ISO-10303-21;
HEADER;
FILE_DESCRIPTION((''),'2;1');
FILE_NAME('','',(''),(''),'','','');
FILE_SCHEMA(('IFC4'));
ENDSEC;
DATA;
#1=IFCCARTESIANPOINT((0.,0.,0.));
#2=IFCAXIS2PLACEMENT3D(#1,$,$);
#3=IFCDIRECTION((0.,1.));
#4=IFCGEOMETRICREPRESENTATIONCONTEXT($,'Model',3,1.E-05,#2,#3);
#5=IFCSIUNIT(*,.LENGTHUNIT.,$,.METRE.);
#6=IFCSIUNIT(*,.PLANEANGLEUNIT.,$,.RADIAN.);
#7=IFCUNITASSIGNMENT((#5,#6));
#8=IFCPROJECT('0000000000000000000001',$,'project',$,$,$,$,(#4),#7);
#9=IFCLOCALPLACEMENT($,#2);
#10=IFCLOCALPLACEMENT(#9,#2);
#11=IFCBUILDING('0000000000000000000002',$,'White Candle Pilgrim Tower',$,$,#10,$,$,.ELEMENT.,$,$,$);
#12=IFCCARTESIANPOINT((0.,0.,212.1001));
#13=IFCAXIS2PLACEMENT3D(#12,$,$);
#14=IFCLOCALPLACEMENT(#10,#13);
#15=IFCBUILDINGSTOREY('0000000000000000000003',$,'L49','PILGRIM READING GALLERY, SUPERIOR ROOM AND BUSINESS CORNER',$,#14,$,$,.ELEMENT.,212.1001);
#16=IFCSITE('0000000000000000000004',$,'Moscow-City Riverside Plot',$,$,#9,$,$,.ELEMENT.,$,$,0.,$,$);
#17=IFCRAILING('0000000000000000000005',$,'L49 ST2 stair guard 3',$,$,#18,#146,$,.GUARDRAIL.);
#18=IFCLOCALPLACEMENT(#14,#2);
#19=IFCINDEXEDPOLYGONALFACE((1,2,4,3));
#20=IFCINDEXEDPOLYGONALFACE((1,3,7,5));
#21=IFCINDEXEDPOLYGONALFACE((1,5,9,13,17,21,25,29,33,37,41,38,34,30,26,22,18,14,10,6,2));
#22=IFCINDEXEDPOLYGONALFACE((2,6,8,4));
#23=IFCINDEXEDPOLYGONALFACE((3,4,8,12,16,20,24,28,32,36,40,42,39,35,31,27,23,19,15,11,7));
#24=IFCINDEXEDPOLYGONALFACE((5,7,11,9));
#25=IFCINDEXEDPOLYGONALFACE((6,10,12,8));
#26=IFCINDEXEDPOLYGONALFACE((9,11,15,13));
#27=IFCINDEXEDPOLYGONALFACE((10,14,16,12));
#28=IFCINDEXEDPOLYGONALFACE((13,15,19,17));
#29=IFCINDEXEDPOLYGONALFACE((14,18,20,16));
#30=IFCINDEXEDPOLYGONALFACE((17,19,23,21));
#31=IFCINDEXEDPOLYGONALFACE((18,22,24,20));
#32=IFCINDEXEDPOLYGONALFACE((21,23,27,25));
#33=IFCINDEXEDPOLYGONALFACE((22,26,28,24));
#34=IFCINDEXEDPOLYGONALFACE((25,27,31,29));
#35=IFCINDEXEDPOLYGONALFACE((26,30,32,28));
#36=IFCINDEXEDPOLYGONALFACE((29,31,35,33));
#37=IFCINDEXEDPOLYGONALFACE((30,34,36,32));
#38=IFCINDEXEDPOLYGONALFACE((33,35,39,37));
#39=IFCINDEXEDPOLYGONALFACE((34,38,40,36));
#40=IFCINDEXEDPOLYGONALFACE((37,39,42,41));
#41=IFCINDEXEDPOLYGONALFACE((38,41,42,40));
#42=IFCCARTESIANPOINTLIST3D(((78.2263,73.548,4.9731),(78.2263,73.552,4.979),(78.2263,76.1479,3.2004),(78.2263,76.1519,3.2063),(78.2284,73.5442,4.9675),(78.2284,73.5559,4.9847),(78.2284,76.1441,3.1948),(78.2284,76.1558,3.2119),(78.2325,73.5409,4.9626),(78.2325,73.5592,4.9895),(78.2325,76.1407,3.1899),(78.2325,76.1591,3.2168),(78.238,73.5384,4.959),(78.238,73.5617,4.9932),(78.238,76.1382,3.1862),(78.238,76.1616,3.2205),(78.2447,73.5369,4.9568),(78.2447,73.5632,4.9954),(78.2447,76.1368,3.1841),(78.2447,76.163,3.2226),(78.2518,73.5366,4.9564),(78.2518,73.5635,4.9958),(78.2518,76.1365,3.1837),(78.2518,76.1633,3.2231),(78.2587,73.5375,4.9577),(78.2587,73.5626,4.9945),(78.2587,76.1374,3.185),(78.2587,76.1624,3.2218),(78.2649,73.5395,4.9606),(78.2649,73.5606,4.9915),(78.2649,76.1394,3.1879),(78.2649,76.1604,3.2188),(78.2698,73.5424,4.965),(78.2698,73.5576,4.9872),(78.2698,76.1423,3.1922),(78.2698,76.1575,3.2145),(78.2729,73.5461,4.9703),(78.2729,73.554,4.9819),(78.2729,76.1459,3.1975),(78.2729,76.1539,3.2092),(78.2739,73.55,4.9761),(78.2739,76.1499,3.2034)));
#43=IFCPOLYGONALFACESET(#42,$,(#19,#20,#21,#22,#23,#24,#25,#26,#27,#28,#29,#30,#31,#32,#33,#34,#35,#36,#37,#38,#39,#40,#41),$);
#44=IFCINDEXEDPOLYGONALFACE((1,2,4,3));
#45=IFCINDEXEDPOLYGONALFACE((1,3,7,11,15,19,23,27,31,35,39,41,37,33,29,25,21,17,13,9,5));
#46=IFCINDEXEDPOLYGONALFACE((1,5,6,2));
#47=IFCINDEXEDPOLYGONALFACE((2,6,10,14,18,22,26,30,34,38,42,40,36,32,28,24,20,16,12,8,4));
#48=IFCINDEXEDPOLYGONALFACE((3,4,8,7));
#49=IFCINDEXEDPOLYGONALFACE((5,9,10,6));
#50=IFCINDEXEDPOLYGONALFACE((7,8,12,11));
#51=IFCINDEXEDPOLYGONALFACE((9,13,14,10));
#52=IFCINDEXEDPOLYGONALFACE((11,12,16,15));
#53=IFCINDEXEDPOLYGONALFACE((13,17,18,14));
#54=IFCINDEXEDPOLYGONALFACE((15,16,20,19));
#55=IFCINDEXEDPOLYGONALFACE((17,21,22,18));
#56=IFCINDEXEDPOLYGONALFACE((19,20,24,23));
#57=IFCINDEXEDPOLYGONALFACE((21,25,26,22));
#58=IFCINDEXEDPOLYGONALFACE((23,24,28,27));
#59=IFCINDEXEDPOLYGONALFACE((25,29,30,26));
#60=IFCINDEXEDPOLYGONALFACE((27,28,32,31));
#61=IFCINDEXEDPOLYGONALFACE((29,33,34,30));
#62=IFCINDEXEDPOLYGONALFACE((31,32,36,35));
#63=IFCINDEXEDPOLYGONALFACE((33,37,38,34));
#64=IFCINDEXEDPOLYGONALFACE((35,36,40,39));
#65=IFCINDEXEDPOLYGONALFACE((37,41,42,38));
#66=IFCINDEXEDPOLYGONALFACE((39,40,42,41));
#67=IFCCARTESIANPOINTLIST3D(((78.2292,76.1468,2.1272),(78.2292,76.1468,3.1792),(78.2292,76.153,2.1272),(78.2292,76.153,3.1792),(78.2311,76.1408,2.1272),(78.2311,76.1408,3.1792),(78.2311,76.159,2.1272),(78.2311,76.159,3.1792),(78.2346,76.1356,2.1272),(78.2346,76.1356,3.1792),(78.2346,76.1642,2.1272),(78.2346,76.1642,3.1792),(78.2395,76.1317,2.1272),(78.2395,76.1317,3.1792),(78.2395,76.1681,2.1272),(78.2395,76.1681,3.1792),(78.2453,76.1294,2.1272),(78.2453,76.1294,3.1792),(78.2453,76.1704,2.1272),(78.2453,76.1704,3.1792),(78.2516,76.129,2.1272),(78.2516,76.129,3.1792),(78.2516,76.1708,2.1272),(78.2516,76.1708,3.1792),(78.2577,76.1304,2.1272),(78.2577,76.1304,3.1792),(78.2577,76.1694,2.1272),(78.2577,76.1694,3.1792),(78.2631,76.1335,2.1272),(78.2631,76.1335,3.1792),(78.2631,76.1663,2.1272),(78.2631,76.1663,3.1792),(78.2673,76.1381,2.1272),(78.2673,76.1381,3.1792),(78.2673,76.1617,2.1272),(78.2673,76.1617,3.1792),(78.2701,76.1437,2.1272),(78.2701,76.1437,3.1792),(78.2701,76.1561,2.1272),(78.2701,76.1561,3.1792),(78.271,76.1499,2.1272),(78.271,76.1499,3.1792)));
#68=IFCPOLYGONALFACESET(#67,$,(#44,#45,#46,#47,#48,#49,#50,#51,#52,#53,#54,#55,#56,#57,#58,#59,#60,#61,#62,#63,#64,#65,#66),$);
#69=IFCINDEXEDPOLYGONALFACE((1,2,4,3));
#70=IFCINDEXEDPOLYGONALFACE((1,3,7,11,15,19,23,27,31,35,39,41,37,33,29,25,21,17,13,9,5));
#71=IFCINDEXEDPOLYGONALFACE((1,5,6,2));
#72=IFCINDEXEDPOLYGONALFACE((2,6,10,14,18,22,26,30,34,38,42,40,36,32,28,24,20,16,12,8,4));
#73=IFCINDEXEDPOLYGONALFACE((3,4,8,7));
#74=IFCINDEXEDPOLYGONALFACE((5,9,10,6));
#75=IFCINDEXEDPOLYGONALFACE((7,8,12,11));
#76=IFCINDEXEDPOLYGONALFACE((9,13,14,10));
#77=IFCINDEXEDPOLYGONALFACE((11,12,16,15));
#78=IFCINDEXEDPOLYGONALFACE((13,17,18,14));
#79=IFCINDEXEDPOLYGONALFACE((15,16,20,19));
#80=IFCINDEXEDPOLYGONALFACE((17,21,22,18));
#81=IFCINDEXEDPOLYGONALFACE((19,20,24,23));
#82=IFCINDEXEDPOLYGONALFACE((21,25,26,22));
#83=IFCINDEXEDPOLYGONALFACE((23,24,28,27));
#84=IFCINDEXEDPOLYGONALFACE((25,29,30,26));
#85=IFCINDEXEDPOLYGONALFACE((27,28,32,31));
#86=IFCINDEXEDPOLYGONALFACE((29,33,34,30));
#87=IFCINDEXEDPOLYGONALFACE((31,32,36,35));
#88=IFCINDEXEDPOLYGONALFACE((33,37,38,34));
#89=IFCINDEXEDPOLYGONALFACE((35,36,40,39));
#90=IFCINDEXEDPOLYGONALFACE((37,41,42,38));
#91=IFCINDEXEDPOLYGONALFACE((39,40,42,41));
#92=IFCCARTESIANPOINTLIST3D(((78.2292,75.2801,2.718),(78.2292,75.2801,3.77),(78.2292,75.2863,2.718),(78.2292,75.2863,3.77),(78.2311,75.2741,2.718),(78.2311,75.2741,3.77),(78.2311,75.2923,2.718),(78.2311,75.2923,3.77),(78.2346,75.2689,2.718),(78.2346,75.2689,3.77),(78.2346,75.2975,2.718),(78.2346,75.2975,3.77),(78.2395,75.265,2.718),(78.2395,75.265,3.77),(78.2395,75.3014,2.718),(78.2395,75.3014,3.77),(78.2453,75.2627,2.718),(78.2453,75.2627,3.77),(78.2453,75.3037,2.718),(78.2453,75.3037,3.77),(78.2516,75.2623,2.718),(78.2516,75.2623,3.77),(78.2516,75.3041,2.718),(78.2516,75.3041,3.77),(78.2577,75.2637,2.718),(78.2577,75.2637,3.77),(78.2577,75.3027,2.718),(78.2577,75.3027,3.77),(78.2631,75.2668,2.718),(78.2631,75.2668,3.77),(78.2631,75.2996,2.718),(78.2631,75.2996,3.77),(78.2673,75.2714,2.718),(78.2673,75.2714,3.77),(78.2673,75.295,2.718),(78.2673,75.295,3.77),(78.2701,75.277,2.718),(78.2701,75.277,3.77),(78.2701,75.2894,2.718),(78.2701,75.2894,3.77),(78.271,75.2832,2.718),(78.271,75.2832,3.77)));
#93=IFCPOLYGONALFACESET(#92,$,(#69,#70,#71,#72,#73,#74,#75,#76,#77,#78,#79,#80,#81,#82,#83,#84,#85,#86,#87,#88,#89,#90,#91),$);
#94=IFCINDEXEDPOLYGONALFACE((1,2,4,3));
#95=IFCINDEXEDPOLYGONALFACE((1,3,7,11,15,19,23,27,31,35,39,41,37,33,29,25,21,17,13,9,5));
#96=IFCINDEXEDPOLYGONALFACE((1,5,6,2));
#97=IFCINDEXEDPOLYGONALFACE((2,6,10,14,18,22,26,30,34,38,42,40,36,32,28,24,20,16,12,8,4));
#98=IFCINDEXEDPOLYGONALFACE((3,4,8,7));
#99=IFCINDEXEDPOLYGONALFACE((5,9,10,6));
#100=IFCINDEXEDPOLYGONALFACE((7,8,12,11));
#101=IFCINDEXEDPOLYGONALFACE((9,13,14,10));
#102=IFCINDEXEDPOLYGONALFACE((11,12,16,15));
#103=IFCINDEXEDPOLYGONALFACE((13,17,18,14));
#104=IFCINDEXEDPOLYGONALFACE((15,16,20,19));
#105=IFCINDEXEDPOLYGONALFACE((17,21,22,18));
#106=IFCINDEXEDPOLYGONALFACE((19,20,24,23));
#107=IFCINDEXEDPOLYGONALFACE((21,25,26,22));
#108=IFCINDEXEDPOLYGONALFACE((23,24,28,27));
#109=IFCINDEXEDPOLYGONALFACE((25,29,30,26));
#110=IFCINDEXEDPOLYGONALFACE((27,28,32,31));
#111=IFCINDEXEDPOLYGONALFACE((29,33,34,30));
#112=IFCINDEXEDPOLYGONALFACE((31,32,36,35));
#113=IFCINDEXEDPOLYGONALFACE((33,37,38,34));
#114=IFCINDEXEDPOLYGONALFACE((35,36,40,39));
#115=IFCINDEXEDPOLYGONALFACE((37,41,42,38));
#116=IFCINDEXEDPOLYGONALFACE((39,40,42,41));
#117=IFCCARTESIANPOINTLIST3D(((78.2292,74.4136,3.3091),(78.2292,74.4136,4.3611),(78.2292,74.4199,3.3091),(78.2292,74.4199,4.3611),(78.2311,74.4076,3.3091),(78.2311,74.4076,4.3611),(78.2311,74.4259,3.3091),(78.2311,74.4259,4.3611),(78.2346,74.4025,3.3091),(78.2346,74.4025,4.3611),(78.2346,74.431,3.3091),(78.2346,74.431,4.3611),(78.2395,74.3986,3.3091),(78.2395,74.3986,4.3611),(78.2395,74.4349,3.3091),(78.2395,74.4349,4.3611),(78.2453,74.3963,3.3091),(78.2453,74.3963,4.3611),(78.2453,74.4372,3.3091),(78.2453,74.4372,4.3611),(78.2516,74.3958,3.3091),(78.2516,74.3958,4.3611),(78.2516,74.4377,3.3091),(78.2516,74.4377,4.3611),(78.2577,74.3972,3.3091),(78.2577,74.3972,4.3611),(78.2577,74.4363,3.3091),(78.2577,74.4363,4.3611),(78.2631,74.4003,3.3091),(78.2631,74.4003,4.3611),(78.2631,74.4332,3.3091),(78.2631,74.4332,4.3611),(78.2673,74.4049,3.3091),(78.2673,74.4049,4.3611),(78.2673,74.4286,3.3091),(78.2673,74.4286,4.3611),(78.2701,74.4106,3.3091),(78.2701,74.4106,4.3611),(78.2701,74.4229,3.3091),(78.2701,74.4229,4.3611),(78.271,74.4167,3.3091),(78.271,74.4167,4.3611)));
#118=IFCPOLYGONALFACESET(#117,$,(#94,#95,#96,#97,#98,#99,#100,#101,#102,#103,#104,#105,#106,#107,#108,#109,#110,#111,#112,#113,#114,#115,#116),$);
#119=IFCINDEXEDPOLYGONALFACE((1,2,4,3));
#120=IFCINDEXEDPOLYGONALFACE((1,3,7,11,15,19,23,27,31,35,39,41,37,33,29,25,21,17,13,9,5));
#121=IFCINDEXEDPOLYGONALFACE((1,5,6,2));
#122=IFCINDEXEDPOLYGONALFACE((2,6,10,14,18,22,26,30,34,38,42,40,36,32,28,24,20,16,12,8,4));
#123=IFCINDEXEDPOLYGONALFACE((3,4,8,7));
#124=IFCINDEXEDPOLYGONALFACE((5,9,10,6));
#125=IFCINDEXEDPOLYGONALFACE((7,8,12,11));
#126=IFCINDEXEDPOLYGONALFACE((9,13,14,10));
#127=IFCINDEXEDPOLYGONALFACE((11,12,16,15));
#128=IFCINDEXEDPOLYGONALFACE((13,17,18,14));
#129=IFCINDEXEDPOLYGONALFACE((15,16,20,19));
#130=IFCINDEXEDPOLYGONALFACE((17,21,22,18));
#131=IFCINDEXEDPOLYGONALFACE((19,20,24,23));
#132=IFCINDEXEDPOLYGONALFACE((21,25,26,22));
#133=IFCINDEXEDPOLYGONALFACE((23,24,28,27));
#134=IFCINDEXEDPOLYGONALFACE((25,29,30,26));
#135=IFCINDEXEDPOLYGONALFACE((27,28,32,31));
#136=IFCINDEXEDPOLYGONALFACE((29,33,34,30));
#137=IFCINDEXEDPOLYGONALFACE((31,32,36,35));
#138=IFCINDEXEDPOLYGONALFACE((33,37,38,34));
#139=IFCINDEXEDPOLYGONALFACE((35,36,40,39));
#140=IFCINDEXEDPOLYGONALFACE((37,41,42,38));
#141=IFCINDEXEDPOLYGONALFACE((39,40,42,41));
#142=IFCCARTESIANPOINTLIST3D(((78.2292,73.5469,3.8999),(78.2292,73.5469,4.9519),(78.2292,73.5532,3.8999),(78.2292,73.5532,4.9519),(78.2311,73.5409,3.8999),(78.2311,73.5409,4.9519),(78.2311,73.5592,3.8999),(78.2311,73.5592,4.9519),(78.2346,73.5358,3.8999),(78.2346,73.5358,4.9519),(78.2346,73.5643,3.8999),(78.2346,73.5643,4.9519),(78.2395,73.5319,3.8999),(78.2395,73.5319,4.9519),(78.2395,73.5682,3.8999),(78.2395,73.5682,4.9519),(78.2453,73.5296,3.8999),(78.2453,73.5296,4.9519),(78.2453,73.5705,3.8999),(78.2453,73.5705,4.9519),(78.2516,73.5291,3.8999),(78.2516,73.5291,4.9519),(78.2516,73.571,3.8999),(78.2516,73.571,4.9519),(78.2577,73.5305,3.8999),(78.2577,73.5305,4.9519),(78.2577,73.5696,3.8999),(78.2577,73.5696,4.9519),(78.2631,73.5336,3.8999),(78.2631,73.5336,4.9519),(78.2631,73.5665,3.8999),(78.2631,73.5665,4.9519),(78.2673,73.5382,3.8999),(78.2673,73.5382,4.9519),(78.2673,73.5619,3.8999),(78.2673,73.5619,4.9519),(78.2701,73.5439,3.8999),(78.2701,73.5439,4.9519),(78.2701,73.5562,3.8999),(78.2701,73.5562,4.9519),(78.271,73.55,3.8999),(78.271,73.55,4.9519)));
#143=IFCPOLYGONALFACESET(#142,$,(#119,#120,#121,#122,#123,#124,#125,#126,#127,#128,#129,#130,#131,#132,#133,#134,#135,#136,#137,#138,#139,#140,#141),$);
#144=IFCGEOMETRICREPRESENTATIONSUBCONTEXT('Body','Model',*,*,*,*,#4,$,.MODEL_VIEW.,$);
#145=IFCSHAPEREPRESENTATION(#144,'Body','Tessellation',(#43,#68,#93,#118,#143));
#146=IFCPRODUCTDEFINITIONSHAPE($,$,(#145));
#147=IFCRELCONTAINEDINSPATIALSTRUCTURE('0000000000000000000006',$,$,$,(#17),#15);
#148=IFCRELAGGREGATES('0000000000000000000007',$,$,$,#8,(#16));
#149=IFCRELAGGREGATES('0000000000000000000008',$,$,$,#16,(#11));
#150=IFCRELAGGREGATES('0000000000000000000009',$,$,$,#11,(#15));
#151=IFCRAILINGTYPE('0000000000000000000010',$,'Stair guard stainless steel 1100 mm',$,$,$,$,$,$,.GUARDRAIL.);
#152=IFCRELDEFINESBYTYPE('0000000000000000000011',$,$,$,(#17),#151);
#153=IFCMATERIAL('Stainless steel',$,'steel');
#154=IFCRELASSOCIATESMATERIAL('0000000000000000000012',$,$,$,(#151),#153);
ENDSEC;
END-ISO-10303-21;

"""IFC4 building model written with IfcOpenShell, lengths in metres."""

from ifc_helpers import new_model, si_unit, direction, frame, origin, origin_2d, place, context, subcontext, project, spatial, circle, extrude, material, type_object, element, save


model = new_model("IFC4")

# Units and contexts
model_context = context("Model", 3, precision=1e-05, world=origin(), true_north=direction((0.0, 1.0)))
body_context = subcontext(model_context, "Body", "Model", "MODEL_VIEW")
ifc_project = project(units=[si_unit("LENGTHUNIT", "METRE"), si_unit("PLANEANGLEUNIT", "RADIAN")], contexts=[model_context])

# Site, building, storey
site_placement = place(None, origin())
site = spatial("IfcSite", under=ifc_project, at=site_placement, Name="Moscow-City Riverside Plot", CompositionType="ELEMENT", RefElevation=0.0)
building_placement = place(site_placement, origin())
building = spatial("IfcBuilding", under=site, at=building_placement, Name="White Candle Pilgrim Tower", CompositionType="ELEMENT")
storey_placement = place(building_placement, frame((0.0, 0.0, 212.1001)))
storey = spatial("IfcBuildingStorey", under=building, at=storey_placement, Name="L49", Description="PILGRIM READING GALLERY, SUPERIOR ROOM AND BUSINESS CORNER", CompositionType="ELEMENT", Elevation=212.1001)

# Railing
ifc_material_1 = material(Name="Stainless steel", Category="steel")
railing_type_1 = type_object("IfcRailingType", Name="Stair guard stainless steel 1100 mm", PredefinedType="GUARDRAIL", material=ifc_material_1)
railing_1_placement = place(storey_placement, frame((78.25, 76.1499, 2.1272)))
element("IfcRailing", 1, at=railing_1_placement, inside=storey, type_object=railing_type_1, Name="L49 ST2 stair guard 3", PredefinedType="GUARDRAIL", context=body_context, shape_type="SweptSolid", body=[
    extrude(circle(Radius=0.0239, at=origin_2d()), frame((0.0, 0.0, 1.0762), z_axis=(0.0, -0.826216, 0.563354), x_axis=(1.0, 0.0, 0.0)), (0.0, 0.0, 1.0), 3.1467),
    extrude(circle(Radius=0.021, at=origin_2d()), origin(), (0.0, 0.0, 1.0), 1.052),
    extrude(circle(Radius=0.021, at=origin_2d()), frame((0.0, -0.8667, 0.5908)), (0.0, 0.0, 1.0), 1.052),
    extrude(circle(Radius=0.021, at=origin_2d()), frame((0.0, -1.7332, 1.1819)), (0.0, 0.0, 1.0), 1.052),
    extrude(circle(Radius=0.021, at=origin_2d()), frame((0.0, -2.5999, 1.7727)), (0.0, 0.0, 1.0), 1.052),
])

save(model, "model.ifc")
